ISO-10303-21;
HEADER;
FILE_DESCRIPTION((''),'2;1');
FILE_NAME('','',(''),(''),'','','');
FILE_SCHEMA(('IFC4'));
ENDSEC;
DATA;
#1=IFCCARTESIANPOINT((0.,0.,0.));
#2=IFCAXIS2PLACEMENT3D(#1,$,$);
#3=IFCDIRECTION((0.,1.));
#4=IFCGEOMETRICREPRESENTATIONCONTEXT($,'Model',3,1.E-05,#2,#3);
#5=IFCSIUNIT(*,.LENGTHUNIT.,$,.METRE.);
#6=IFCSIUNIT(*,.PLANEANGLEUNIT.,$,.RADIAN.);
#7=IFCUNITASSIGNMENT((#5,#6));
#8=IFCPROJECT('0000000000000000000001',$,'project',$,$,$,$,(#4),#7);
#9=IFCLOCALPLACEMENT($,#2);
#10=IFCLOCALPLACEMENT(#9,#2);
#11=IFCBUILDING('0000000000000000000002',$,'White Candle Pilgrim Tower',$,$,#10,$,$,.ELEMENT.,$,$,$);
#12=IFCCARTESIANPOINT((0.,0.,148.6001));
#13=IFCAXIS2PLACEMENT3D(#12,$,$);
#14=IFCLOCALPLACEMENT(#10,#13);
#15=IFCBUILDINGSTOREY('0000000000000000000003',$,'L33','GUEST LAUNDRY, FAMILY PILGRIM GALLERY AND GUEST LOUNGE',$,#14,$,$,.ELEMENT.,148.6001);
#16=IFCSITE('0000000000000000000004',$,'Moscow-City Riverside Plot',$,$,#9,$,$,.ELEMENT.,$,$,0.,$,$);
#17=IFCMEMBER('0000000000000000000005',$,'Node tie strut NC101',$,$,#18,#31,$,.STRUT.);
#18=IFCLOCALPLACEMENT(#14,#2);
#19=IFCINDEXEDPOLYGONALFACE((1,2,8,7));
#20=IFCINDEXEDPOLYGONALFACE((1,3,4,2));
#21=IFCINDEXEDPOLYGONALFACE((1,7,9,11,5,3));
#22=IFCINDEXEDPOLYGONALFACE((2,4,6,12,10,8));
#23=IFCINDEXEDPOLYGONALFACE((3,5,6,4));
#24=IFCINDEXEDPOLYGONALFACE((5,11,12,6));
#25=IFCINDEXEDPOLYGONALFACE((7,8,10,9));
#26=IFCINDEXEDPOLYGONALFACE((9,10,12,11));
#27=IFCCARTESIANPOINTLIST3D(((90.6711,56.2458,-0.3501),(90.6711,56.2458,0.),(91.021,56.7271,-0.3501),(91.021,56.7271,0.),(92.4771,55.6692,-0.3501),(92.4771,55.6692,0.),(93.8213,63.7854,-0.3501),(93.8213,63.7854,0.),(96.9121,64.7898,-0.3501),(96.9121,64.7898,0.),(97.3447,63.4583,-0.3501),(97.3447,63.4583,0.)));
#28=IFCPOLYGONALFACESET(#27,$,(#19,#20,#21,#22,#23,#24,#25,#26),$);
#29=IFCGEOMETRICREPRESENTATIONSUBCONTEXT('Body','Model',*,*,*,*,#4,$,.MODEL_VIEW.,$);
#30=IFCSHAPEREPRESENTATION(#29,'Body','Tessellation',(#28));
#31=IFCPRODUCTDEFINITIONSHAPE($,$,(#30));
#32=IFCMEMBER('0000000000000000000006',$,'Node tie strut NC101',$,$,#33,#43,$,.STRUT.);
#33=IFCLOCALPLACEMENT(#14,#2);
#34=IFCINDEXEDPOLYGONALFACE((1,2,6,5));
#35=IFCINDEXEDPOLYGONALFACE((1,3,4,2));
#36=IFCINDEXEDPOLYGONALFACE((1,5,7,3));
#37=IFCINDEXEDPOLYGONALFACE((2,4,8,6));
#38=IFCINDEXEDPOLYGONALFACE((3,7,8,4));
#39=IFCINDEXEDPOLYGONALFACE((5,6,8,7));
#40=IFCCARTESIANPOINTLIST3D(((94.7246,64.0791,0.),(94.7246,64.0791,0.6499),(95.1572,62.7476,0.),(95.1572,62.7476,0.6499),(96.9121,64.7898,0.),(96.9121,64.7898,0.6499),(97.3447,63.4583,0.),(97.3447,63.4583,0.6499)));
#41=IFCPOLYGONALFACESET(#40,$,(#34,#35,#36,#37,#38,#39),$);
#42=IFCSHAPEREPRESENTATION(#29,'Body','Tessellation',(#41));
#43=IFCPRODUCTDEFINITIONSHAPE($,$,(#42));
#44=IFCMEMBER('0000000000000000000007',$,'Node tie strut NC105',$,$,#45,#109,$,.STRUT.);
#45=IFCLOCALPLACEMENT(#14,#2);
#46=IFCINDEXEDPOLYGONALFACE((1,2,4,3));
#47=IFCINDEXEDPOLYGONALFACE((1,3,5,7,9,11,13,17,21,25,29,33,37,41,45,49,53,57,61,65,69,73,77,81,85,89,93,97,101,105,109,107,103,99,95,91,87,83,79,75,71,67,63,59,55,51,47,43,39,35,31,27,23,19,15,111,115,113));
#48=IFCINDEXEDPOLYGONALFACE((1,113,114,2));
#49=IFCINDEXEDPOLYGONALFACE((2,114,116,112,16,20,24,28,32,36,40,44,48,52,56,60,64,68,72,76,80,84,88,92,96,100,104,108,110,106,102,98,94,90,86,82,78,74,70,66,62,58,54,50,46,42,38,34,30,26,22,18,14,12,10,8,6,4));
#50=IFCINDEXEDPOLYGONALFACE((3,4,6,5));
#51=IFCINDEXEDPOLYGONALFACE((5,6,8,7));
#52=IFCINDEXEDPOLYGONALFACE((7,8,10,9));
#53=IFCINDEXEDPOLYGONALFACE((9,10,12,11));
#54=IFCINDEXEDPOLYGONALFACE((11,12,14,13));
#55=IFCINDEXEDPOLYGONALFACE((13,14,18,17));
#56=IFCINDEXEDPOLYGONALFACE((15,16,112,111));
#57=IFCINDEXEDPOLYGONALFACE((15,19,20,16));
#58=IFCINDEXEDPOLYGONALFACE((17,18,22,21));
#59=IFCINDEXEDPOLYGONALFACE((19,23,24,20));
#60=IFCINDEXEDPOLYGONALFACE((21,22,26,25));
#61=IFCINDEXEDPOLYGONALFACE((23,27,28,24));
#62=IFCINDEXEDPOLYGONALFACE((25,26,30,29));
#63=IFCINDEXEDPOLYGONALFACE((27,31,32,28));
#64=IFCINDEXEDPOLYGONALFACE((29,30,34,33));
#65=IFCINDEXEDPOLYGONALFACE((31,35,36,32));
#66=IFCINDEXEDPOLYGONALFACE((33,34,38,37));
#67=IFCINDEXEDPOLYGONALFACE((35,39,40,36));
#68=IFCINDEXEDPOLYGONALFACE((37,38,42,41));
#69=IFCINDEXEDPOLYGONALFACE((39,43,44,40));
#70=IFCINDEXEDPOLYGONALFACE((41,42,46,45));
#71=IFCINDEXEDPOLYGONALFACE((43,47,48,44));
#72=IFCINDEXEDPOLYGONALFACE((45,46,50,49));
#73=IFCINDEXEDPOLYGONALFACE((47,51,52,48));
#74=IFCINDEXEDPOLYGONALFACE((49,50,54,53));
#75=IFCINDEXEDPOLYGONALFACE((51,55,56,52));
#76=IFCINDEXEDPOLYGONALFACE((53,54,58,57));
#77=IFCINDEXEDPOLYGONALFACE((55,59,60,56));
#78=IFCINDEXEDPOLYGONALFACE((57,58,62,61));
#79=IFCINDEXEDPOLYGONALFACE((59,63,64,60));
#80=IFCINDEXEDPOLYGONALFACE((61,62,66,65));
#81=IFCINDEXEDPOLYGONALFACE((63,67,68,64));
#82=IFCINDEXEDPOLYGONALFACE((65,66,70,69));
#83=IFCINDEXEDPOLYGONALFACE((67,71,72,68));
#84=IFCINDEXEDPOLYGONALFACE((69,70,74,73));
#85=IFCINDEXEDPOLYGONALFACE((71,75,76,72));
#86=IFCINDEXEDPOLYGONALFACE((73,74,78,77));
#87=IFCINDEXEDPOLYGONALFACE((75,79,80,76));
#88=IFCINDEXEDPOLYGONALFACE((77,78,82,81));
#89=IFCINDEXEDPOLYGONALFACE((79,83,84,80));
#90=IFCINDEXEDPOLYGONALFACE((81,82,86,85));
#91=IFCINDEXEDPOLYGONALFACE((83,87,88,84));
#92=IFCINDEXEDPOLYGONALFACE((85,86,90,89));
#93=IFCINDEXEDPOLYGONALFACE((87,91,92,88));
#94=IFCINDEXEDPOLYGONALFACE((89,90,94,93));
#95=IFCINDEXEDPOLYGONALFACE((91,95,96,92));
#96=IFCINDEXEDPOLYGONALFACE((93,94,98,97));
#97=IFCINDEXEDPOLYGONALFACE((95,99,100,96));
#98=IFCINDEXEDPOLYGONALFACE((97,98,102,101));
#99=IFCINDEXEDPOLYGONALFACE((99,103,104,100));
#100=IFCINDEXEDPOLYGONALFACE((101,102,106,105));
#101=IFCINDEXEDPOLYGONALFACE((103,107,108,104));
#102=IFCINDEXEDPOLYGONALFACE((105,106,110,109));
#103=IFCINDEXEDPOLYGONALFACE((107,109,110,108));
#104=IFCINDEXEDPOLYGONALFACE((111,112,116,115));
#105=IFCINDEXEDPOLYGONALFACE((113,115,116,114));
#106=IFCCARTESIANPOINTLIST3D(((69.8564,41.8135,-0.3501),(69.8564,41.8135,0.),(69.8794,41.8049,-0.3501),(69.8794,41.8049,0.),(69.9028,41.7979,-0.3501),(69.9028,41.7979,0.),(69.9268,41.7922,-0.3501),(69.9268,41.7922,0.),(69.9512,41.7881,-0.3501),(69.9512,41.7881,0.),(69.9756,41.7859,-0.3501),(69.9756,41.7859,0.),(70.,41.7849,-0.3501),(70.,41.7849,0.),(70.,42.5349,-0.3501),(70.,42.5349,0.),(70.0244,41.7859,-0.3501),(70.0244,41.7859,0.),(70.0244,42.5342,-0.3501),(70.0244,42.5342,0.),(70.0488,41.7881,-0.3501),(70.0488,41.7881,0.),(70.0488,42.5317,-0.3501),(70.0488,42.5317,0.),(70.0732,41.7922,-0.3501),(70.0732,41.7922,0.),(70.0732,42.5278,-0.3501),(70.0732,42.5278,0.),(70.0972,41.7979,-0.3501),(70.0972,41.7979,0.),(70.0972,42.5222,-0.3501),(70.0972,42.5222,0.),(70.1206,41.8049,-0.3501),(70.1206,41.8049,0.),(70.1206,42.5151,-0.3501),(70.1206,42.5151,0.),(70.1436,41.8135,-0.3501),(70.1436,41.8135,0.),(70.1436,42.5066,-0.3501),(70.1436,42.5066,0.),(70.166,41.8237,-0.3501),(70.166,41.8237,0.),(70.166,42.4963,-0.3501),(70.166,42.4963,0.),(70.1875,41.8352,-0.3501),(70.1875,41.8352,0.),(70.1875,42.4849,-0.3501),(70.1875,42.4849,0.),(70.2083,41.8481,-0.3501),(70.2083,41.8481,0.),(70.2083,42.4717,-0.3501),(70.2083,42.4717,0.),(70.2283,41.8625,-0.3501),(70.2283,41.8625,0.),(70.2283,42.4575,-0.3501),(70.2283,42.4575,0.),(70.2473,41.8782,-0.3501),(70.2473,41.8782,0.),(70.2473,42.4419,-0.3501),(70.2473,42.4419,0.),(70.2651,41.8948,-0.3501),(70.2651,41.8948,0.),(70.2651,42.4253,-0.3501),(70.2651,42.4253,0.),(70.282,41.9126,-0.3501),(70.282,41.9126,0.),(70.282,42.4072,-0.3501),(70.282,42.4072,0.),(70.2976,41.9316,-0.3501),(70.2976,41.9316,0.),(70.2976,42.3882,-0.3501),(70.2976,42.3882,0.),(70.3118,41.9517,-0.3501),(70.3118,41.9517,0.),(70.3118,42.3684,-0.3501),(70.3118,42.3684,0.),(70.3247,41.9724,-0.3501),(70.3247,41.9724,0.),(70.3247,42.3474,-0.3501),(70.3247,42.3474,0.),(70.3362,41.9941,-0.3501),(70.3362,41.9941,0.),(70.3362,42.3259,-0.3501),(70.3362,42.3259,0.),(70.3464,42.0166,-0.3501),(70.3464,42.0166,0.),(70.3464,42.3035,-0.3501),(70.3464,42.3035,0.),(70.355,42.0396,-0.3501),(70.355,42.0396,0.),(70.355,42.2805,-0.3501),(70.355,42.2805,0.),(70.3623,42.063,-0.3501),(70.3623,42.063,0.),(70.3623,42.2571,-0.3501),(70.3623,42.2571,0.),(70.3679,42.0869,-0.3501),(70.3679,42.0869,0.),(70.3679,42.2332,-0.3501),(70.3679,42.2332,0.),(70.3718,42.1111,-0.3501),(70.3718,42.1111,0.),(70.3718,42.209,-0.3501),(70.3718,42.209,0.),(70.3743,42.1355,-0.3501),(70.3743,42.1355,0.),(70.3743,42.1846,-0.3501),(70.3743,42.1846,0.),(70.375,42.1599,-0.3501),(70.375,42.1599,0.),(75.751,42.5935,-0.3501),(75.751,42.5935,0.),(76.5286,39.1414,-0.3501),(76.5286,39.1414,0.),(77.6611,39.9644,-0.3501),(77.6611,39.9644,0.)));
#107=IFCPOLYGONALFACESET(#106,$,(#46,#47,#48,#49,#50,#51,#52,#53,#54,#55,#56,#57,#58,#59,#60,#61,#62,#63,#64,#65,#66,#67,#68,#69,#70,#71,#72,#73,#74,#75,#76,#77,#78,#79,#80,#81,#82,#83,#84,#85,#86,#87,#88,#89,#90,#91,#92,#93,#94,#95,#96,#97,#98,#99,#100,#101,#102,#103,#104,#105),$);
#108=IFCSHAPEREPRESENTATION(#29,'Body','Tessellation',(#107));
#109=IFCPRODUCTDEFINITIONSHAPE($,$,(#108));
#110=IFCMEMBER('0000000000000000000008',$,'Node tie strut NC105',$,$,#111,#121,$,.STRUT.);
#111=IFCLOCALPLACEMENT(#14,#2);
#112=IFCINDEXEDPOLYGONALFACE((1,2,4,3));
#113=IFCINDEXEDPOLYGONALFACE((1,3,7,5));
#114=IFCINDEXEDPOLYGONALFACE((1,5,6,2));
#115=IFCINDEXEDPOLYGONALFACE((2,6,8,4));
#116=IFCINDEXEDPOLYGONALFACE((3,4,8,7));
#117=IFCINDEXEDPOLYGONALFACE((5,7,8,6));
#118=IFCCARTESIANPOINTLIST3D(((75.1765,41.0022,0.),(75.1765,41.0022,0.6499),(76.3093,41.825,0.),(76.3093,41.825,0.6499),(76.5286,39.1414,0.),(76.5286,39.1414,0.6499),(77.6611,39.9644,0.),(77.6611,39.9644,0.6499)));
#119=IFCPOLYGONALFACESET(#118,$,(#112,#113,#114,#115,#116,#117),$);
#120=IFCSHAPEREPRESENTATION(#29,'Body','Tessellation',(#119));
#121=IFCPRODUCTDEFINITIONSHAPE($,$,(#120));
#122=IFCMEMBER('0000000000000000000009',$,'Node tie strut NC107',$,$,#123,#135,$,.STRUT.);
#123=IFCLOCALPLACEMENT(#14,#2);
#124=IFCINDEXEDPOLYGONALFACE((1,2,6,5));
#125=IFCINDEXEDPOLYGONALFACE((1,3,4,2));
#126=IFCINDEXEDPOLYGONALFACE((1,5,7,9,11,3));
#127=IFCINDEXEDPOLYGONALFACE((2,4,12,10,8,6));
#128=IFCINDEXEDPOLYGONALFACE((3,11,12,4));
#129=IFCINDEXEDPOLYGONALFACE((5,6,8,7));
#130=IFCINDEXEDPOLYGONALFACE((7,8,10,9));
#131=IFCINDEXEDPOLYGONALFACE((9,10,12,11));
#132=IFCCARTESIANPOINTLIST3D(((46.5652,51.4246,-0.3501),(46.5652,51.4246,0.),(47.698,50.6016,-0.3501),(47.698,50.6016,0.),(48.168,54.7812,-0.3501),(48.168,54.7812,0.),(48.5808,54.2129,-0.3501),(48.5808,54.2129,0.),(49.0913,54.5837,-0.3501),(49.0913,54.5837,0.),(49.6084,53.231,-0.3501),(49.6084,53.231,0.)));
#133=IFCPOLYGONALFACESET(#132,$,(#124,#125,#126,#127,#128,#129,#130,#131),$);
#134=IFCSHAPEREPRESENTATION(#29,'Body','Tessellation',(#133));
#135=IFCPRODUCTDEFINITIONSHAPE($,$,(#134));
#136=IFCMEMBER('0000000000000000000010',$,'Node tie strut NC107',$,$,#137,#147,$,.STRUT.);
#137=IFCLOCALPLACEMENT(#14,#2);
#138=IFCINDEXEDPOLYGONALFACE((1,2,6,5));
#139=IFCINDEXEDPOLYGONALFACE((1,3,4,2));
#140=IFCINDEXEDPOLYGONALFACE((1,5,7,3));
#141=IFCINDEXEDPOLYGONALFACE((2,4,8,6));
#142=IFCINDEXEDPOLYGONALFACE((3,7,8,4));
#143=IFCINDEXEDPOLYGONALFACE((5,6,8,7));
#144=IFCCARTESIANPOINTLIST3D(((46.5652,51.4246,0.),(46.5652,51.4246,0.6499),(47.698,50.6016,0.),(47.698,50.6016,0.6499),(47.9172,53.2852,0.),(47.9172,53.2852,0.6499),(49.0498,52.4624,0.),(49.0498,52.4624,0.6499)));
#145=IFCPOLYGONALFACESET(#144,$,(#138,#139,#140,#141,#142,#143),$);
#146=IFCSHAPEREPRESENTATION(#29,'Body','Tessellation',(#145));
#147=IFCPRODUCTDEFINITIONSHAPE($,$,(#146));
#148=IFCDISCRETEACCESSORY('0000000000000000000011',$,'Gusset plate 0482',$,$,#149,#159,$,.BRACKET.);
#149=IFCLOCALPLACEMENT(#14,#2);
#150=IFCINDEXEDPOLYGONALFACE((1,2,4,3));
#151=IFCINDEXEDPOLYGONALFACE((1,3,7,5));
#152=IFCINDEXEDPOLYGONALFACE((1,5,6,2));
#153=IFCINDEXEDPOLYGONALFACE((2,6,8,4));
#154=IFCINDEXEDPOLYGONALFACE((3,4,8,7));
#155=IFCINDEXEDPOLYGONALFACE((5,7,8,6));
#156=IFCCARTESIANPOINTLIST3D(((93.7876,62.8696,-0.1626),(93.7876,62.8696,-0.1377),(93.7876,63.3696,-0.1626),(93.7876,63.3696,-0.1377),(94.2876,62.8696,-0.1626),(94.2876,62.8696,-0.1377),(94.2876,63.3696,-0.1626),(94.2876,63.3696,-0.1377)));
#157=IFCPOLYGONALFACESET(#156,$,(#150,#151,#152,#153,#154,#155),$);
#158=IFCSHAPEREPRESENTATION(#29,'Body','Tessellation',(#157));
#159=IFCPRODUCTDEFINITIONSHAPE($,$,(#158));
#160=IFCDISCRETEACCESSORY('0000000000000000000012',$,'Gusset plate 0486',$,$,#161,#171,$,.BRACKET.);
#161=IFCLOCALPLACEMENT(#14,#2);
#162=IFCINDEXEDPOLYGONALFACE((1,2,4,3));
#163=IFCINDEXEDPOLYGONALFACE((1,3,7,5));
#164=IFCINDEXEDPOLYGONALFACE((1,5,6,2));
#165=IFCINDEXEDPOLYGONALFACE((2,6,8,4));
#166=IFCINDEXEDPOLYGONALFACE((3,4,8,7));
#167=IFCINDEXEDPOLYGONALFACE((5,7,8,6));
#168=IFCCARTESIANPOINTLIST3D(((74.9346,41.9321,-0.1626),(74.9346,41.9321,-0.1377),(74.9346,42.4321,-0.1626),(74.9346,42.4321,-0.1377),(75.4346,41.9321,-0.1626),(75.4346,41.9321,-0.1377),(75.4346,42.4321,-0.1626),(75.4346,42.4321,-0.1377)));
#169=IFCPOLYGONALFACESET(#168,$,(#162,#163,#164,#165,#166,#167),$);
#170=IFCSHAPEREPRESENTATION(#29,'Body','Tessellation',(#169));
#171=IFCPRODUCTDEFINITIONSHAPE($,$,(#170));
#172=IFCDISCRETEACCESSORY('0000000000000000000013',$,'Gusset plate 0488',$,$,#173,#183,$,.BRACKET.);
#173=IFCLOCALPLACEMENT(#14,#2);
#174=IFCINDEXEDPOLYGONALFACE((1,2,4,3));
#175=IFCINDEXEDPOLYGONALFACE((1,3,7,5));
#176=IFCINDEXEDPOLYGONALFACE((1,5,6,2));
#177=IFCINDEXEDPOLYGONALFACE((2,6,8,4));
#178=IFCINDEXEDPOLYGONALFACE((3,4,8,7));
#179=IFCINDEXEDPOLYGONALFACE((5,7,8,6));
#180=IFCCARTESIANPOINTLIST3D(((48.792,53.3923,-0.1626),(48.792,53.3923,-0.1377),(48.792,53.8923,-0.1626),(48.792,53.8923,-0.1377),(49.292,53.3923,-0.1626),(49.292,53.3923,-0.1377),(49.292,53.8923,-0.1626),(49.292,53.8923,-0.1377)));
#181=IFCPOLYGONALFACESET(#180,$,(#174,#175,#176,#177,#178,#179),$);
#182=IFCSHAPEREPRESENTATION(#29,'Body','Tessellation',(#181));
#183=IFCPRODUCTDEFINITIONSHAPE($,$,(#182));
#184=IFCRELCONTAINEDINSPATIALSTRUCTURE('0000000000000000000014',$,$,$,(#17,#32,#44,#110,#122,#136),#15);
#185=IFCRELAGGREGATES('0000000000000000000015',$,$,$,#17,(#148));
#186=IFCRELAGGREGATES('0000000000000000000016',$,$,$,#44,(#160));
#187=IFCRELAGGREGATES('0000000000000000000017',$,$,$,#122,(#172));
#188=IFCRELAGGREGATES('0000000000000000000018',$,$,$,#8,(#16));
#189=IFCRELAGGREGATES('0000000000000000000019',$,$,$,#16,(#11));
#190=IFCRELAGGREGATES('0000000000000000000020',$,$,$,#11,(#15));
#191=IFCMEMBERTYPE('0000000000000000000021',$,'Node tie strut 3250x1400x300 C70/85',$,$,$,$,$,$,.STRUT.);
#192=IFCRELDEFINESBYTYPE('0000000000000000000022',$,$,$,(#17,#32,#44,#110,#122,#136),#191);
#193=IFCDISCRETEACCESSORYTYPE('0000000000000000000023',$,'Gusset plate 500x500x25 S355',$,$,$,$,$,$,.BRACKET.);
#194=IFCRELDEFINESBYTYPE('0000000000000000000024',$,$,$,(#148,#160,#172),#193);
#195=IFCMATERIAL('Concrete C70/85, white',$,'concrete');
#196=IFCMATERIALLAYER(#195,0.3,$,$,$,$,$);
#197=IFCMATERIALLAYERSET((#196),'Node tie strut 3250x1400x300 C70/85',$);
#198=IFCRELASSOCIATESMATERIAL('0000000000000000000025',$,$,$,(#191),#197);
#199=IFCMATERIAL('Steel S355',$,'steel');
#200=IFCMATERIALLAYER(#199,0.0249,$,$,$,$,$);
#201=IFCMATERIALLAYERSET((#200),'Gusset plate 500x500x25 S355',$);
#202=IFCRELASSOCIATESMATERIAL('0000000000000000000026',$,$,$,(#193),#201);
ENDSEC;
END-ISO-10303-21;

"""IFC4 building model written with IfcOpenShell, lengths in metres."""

from ifc_helpers import new_model, si_unit, direction, frame, origin, origin_2d, place, context, subcontext, project, spatial, polyline, rectangle, outline, extrude, material, layer, layer_set, type_object, element, aggregate, save


model = new_model("IFC4")

# Units and contexts
model_context = context("Model", 3, precision=1e-05, world=origin(), true_north=direction((0.0, 1.0)))
body_context = subcontext(model_context, "Body", "Model", "MODEL_VIEW")
ifc_project = project(units=[si_unit("LENGTHUNIT", "METRE"), si_unit("PLANEANGLEUNIT", "RADIAN")], contexts=[model_context])

# Site, building, storey
site_placement = place(None, origin())
site = spatial("IfcSite", under=ifc_project, at=site_placement, Name="Moscow-City Riverside Plot", CompositionType="ELEMENT", RefElevation=0.0)
building_placement = place(site_placement, origin())
building = spatial("IfcBuilding", under=site, at=building_placement, Name="White Candle Pilgrim Tower", CompositionType="ELEMENT")
storey_placement = place(building_placement, frame((0.0, 0.0, 148.6001)))
storey = spatial("IfcBuildingStorey", under=building, at=storey_placement, Name="L33", Description="GUEST LAUNDRY, FAMILY PILGRIM GALLERY AND GUEST LOUNGE", CompositionType="ELEMENT", Elevation=148.6001)

# Members
ifc_material_1 = material(Name="Concrete C70/85, white", Category="concrete")
ifc_layer_1 = layer(ifc_material_1, 0.3)
ifc_layer_set_1 = layer_set([ifc_layer_1], Name="Node tie strut 3250x1400x300 C70/85")
member_type_1 = type_object("IfcMemberType", Name="Node tie strut 3250x1400x300 C70/85", PredefinedType="STRUT", material=ifc_layer_set_1)
member_1_placement = place(storey_placement, frame((0.0, 0.0, -0.3501)))
member_1 = element("IfcMember", 1, at=member_1_placement, inside=storey, type_object=member_type_1, Name="Node tie strut NC101", PredefinedType="STRUT", context=body_context, shape_type="SweptSolid", body=[
    extrude(outline(polyline([(92.4771, 55.6692), (97.3447, 63.4583), (96.9121, 64.7898), (93.8213, 63.7854), (90.6711, 56.2458), (91.021, 56.7271), (92.4771, 55.6692)])), origin(), (0.0, 0.0, 1.0), 0.3501),
])
member_2_placement = place(storey_placement, origin())
element("IfcMember", 2, at=member_2_placement, inside=storey, type_object=member_type_1, Name="Node tie strut NC101", PredefinedType="STRUT", context=body_context, shape_type="SweptSolid", body=[
    extrude(outline(polyline([(95.1572, 62.7476), (97.3447, 63.4583), (96.9121, 64.7898), (94.7246, 64.0791), (95.1572, 62.7476)])), origin(), (0.0, 0.0, 1.0), 0.6499),
])
member_3_placement = place(storey_placement, frame((0.0, 0.0, -0.3501)))
member_3 = element("IfcMember", 3, at=member_3_placement, inside=storey, type_object=member_type_1, Name="Node tie strut NC105", PredefinedType="STRUT", context=body_context, shape_type="SweptSolid", body=[
    extrude(outline(polyline([(76.5286, 39.1414), (77.6611, 39.9644), (75.751, 42.5935), (70.0, 42.5349), (70.0244, 42.5342), (70.0488, 42.5317), (70.0732, 42.5278), (70.0972, 42.5222), (70.1206, 42.5151), (70.1436, 42.5066), (70.166, 42.4963), (70.1875, 42.4849), (70.2083, 42.4717), (70.2283, 42.4575), (70.2473, 42.4419), (70.2651, 42.4253), (70.282, 42.4072), (70.2976, 42.3882), (70.3118, 42.3684), (70.3247, 42.3474), (70.3362, 42.3259), (70.3464, 42.3035), (70.355, 42.2805), (70.3623, 42.2571), (70.3679, 42.2332), (70.3718, 42.209), (70.3743, 42.1846), (70.375, 42.1599), (70.3743, 42.1355), (70.3718, 42.1111), (70.3679, 42.0869), (70.3623, 42.063), (70.355, 42.0396), (70.3464, 42.0166), (70.3362, 41.9941), (70.3247, 41.9724), (70.3118, 41.9517), (70.2976, 41.9316), (70.282, 41.9126), (70.2651, 41.8948), (70.2473, 41.8782), (70.2283, 41.8625), (70.2083, 41.8481), (70.1875, 41.8352), (70.166, 41.8237), (70.1436, 41.8135), (70.1206, 41.8049), (70.0972, 41.7979), (70.0732, 41.7922), (70.0488, 41.7881), (70.0244, 41.7859), (70.0, 41.7849), (69.9756, 41.7859), (69.9512, 41.7881), (69.9268, 41.7922), (69.9028, 41.7979), (69.8794, 41.8049), (69.8564, 41.8135), (76.5286, 39.1414)])), origin(), (0.0, 0.0, 1.0), 0.3501),
])
member_4_placement = place(storey_placement, origin())
element("IfcMember", 4, at=member_4_placement, inside=storey, type_object=member_type_1, Name="Node tie strut NC105", PredefinedType="STRUT", context=body_context, shape_type="SweptSolid", body=[
    extrude(outline(polyline([(76.5286, 39.1414), (77.6611, 39.9644), (76.3093, 41.825), (75.1765, 41.0022), (76.5286, 39.1414)])), origin(), (0.0, 0.0, 1.0), 0.6499),
])
member_5_placement = place(storey_placement, frame((0.0, 0.0, -0.3501)))
member_5 = element("IfcMember", 5, at=member_5_placement, inside=storey, type_object=member_type_1, Name="Node tie strut NC107", PredefinedType="STRUT", context=body_context, shape_type="SweptSolid", body=[
    extrude(outline(polyline([(47.698, 50.6016), (49.6084, 53.231), (49.0913, 54.5837), (48.5808, 54.2129), (48.168, 54.7812), (46.5652, 51.4246), (47.698, 50.6016)])), origin(), (0.0, 0.0, 1.0), 0.3501),
])
member_6_placement = place(storey_placement, origin())
element("IfcMember", 6, at=member_6_placement, inside=storey, type_object=member_type_1, Name="Node tie strut NC107", PredefinedType="STRUT", context=body_context, shape_type="SweptSolid", body=[
    extrude(outline(polyline([(47.698, 50.6016), (49.0498, 52.4624), (47.9172, 53.2852), (46.5652, 51.4246), (47.698, 50.6016)])), origin(), (0.0, 0.0, 1.0), 0.6499),
])

# Discrete accessories
ifc_material_2 = material(Name="Steel S355", Category="steel")
ifc_layer_2 = layer(ifc_material_2, 0.0249)
ifc_layer_set_2 = layer_set([ifc_layer_2], Name="Gusset plate 500x500x25 S355")
discrete_accessory_type = type_object("IfcDiscreteAccessoryType", Name="Gusset plate 500x500x25 S355", PredefinedType="BRACKET", material=ifc_layer_set_2)
discrete_accessory_1_placement = place(storey_placement, frame((94.0376, 63.1196, -0.1626), z_axis=(0.0, 0.0, 1.0), x_axis=(1.0, 0.0, 0.0)))
discrete_accessory_1 = element("IfcDiscreteAccessory", 7, at=discrete_accessory_1_placement, type_object=discrete_accessory_type, Name="Gusset plate 0482", PredefinedType="BRACKET", context=body_context, shape_type="SweptSolid", body=[
    extrude(rectangle(XDim=0.5, YDim=0.5, at=origin_2d()), origin(), (0.0, 0.0, 1.0), 0.0249),
])
aggregate(member_1, [discrete_accessory_1])
discrete_accessory_2_placement = place(storey_placement, frame((75.1846, 42.1821, -0.1626), z_axis=(0.0, 0.0, 1.0), x_axis=(1.0, 0.0, 0.0)))
discrete_accessory_2 = element("IfcDiscreteAccessory", 8, at=discrete_accessory_2_placement, type_object=discrete_accessory_type, Name="Gusset plate 0486", PredefinedType="BRACKET", context=body_context, shape_type="SweptSolid", body=[
    extrude(rectangle(XDim=0.5, YDim=0.5, at=origin_2d()), origin(), (0.0, 0.0, 1.0), 0.0249),
])
aggregate(member_3, [discrete_accessory_2])
discrete_accessory_3_placement = place(storey_placement, frame((49.042, 53.6423, -0.1626), z_axis=(0.0, 0.0, 1.0), x_axis=(1.0, 0.0, 0.0)))
discrete_accessory_3 = element("IfcDiscreteAccessory", 9, at=discrete_accessory_3_placement, type_object=discrete_accessory_type, Name="Gusset plate 0488", PredefinedType="BRACKET", context=body_context, shape_type="SweptSolid", body=[
    extrude(rectangle(XDim=0.5, YDim=0.5, at=origin_2d()), origin(), (0.0, 0.0, 1.0), 0.0249),
])
aggregate(member_5, [discrete_accessory_3])

save(model, "model.ifc")
